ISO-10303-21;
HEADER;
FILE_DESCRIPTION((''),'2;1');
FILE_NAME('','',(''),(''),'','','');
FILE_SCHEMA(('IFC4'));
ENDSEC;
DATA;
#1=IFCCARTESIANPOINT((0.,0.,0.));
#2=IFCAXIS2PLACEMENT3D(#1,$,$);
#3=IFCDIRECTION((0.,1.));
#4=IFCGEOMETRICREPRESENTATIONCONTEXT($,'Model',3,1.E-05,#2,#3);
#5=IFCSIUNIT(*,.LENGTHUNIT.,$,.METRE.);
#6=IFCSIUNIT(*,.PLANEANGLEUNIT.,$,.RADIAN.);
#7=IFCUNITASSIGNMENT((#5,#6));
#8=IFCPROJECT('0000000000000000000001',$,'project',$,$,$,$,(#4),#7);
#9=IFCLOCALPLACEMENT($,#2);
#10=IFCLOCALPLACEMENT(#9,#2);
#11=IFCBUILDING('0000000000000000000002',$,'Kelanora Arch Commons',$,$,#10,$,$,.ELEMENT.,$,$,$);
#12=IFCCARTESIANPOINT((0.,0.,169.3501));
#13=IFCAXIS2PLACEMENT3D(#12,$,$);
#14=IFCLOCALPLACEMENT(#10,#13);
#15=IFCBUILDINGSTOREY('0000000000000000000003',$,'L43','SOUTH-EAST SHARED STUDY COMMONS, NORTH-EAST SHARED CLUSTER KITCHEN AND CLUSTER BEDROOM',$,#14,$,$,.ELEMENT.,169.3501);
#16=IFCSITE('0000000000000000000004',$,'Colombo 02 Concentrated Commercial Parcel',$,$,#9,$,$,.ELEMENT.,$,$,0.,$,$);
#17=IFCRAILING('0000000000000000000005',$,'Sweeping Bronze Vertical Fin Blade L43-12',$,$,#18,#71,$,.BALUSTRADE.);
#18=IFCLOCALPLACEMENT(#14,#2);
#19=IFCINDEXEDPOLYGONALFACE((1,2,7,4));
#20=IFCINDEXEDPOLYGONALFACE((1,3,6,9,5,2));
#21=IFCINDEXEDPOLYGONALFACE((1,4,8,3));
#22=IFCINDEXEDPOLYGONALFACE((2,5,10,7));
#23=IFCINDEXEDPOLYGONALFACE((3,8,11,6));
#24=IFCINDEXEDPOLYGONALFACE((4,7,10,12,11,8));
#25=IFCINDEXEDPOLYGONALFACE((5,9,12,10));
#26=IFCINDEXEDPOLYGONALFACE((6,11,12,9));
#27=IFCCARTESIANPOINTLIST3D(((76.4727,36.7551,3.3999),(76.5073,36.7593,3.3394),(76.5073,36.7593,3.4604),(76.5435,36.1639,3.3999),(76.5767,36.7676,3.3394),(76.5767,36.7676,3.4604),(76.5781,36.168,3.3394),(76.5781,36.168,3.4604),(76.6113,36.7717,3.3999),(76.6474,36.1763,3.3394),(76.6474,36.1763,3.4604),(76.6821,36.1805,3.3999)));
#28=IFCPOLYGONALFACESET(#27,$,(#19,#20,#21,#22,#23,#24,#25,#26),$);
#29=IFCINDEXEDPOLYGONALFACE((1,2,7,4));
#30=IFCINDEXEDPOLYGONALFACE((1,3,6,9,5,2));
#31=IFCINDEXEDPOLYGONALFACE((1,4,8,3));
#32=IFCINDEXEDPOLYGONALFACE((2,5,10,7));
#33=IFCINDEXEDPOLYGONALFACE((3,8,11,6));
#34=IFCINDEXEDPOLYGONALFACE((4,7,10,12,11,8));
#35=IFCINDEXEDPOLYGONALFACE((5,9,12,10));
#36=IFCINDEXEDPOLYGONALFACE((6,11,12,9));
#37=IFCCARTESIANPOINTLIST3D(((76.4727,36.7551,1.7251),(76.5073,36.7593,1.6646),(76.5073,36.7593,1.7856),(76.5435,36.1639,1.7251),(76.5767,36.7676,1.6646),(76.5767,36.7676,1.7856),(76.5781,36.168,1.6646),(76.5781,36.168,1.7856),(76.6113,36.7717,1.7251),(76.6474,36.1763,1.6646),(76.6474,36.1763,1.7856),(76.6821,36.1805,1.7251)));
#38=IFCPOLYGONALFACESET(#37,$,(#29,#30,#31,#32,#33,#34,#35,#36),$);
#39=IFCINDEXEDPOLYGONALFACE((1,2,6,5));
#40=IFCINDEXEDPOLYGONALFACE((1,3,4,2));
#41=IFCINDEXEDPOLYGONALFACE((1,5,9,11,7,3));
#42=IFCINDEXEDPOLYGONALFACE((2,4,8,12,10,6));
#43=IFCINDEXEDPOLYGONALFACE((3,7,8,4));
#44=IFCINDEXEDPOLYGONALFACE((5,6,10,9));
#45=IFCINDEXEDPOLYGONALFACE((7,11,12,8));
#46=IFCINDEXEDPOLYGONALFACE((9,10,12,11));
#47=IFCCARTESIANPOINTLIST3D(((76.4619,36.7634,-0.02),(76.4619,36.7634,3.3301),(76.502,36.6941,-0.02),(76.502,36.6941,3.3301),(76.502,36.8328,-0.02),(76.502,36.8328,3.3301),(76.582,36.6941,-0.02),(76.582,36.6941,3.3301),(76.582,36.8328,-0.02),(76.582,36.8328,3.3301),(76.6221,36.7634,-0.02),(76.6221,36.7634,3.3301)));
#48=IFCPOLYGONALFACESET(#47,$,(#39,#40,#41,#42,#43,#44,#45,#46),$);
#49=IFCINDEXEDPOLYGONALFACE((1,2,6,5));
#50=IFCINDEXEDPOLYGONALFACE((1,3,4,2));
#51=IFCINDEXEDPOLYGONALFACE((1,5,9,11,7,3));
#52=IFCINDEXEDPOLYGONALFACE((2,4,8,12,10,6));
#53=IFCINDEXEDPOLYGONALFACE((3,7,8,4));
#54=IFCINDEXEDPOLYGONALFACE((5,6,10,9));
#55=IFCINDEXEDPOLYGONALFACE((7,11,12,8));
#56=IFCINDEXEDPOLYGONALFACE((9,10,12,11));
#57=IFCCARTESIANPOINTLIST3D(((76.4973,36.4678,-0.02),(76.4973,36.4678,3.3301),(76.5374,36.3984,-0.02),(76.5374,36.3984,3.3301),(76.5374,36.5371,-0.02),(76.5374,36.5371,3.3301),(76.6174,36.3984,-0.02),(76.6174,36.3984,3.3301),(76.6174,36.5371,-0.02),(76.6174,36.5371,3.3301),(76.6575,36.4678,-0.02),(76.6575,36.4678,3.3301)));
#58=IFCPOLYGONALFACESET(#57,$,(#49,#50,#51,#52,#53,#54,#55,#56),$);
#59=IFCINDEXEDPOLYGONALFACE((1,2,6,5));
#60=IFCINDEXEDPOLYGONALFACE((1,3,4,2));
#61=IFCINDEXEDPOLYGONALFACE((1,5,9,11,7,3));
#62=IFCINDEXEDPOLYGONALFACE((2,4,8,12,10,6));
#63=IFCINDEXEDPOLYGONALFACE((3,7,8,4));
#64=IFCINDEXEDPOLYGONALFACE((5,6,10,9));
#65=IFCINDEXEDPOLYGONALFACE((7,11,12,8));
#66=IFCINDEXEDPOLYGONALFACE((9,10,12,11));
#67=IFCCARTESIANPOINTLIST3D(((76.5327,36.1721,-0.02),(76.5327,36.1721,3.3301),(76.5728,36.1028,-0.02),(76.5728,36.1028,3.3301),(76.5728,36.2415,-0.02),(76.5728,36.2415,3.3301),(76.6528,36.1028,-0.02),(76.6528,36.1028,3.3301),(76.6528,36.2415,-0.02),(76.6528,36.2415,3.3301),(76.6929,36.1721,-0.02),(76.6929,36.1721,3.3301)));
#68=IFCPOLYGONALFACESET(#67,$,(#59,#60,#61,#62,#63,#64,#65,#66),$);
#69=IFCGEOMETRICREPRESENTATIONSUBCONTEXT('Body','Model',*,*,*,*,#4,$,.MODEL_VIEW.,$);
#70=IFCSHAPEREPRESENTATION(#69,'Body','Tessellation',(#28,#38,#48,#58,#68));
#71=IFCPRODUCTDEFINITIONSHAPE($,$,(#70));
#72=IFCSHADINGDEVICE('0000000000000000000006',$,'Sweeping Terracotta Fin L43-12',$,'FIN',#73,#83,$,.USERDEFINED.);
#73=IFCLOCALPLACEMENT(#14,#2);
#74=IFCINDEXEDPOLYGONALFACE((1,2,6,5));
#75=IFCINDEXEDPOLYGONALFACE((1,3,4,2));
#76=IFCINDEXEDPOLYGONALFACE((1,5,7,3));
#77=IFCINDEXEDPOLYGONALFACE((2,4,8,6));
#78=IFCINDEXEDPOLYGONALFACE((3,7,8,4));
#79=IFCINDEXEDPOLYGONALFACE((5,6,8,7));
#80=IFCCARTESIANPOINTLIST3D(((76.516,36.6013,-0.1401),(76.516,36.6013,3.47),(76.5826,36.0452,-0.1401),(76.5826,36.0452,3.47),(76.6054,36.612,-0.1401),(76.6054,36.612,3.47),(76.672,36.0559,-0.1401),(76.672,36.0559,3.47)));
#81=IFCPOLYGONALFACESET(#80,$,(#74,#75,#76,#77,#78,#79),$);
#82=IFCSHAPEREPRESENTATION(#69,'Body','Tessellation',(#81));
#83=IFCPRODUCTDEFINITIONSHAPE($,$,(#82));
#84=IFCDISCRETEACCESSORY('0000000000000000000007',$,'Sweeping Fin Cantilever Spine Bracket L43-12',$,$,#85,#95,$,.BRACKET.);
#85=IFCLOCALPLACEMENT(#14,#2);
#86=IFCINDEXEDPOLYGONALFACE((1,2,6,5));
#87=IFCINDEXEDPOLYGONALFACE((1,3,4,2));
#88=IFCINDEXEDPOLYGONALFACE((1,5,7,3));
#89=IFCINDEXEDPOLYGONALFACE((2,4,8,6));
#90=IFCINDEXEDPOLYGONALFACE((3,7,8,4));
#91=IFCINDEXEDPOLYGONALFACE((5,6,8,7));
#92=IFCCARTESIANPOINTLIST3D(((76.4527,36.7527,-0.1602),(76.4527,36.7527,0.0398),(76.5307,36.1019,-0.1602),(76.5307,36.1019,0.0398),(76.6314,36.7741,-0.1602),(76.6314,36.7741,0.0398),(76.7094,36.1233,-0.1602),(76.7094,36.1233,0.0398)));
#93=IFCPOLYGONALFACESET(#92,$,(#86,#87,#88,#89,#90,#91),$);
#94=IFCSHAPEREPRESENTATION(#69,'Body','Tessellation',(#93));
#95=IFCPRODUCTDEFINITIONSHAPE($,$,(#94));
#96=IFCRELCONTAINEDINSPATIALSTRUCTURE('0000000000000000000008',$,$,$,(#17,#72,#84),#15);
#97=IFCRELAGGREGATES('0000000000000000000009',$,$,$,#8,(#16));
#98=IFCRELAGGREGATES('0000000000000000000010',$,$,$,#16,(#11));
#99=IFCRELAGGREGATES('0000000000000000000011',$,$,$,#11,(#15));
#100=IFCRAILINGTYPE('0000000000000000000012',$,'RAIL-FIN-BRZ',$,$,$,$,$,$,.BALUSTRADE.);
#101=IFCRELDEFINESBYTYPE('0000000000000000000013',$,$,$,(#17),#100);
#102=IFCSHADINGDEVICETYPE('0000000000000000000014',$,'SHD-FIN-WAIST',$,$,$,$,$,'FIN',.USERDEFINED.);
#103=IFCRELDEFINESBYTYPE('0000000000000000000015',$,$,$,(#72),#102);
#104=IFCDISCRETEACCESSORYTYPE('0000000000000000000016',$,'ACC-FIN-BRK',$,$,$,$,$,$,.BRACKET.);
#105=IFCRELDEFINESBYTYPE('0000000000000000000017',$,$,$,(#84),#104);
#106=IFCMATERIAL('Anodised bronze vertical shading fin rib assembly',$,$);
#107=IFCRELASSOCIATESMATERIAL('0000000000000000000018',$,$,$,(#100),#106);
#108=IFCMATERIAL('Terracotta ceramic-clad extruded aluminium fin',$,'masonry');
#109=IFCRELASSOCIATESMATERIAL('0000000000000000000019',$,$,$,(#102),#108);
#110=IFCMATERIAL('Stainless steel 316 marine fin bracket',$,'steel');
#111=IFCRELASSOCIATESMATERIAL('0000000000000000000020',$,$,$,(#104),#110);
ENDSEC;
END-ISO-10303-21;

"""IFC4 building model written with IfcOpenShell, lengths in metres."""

from ifc_helpers import new_model, si_unit, direction, frame, origin, origin_2d, place, context, subcontext, project, spatial, polyline, rectangle, outline, extrude, source, transform, mapped, material, type_object, element, save


model = new_model("IFC4")

# Units and contexts
model_context = context("Model", 3, precision=1e-05, world=origin(), true_north=direction((0.0, 1.0)))
body_context = subcontext(model_context, "Body", "Model", "MODEL_VIEW")
ifc_project = project(units=[si_unit("LENGTHUNIT", "METRE"), si_unit("PLANEANGLEUNIT", "RADIAN")], contexts=[model_context])

# Site, building, storey
site_placement = place(None, origin())
site = spatial("IfcSite", under=ifc_project, at=site_placement, Name="Colombo 02 Concentrated Commercial Parcel", CompositionType="ELEMENT", RefElevation=0.0)
building_placement = place(site_placement, origin())
building = spatial("IfcBuilding", under=site, at=building_placement, Name="Kelanora Arch Commons", CompositionType="ELEMENT")
storey_placement = place(building_placement, frame((0.0, 0.0, 169.3501)))
storey = spatial("IfcBuildingStorey", under=building, at=storey_placement, Name="L43", Description="SOUTH-EAST SHARED STUDY COMMONS, NORTH-EAST SHARED CLUSTER KITCHEN AND CLUSTER BEDROOM", CompositionType="ELEMENT", Elevation=169.3501)

# Railing
ifc_material_1 = material(Name="Anodised bronze vertical shading fin rib assembly")
railing_type = type_object("IfcRailingType", Name="RAIL-FIN-BRZ", PredefinedType="BALUSTRADE", material=ifc_material_1)
railing_placement = place(storey_placement, frame((76.542, 36.7634, -0.02)))
element("IfcRailing", 1, at=railing_placement, inside=storey, type_object=railing_type, Name="Sweeping Bronze Vertical Fin Blade L43-12", PredefinedType="BALUSTRADE", context=body_context, shape_type="SweptSolid", body=[
    extrude(outline(polyline([(0.0698, 0.0), (0.0349, 0.0605), (-0.0349, 0.0605), (-0.0698, 0.0), (-0.0349, -0.0605), (0.0349, -0.0605), (0.0698, 0.0)])), frame((0.0, 0.0, 3.4199), z_axis=(0.118887, -0.992908, 0.0), x_axis=(0.992908, 0.118887, 0.0)), (0.0, 0.0, 1.0), 0.5955),
    extrude(outline(polyline([(0.0698, 0.0), (0.0349, 0.0605), (-0.0349, 0.0605), (-0.0698, 0.0), (-0.0349, -0.0605), (0.0349, -0.0605), (0.0698, 0.0)])), frame((0.0, 0.0, 1.7451), z_axis=(0.118887, -0.992908, 0.0), x_axis=(0.992908, 0.118887, 0.0)), (0.0, 0.0, 1.0), 0.5955),
    extrude(outline(polyline([(0.0801, 0.0), (0.04, 0.0693), (-0.04, 0.0693), (-0.0801, 0.0), (-0.04, -0.0693), (0.04, -0.0693), (0.0801, 0.0)])), origin(), (0.0, 0.0, 1.0), 3.3501),
    extrude(outline(polyline([(0.0801, 0.0), (0.04, 0.0693), (-0.04, 0.0693), (-0.0801, 0.0), (-0.04, -0.0693), (0.04, -0.0693), (0.0801, 0.0)])), frame((0.0354, -0.2957, 0.0)), (0.0, 0.0, 1.0), 3.3501),
    extrude(outline(polyline([(0.0801, 0.0), (0.04, 0.0693), (-0.04, 0.0693), (-0.0801, 0.0), (-0.04, -0.0693), (0.04, -0.0693), (0.0801, 0.0)])), frame((0.0708, -0.5913, 0.0)), (0.0, 0.0, 1.0), 3.3501),
])

# Shading device
ifc_material_2 = material(Name="Terracotta ceramic-clad extruded aluminium fin", Category="masonry")
shading_device_type = type_object("IfcShadingDeviceType", Name="SHD-FIN-WAIST", ElementType="FIN", PredefinedType="USERDEFINED", material=ifc_material_2)
shared_shape_1 = source(origin(), body_context, "Body", "SweptSolid", [
    extrude(rectangle(XDim=0.5601, YDim=0.0901, at=origin_2d()), origin(), (0.0, 0.0, 1.0), 3.6101),
])
shading_device_placement = place(storey_placement, frame((76.594, 36.3286, -0.1401), z_axis=(0.0, 0.0, 1.0), x_axis=(0.118924, -0.992903, 0.0)))
element("IfcShadingDevice", 2, at=shading_device_placement, inside=storey, type_object=shading_device_type, Name="Sweeping Terracotta Fin L43-12", ObjectType="FIN", PredefinedType="USERDEFINED", context=body_context, shape_type="MappedRepresentation", body=[
    mapped(shared_shape_1, transform((0.0, 0.0, 0.0), scale=1.0)),
])

# Discrete accessory
ifc_material_3 = material(Name="Stainless steel 316 marine fin bracket", Category="steel")
discrete_accessory_type = type_object("IfcDiscreteAccessoryType", Name="ACC-FIN-BRK", PredefinedType="BRACKET", material=ifc_material_3)
shared_shape_2 = source(origin(), body_context, "Body", "SweptSolid", [
    extrude(rectangle(XDim=0.6555, YDim=0.1799, at=origin_2d()), origin(), (0.0, 0.0, 1.0), 0.2),
])
discrete_accessory_placement = place(storey_placement, frame((76.5811, 36.438, -0.1602), z_axis=(0.0, 0.0, 1.0), x_axis=(0.118924, -0.992903, 0.0)))
element("IfcDiscreteAccessory", 3, at=discrete_accessory_placement, inside=storey, type_object=discrete_accessory_type, Name="Sweeping Fin Cantilever Spine Bracket L43-12", PredefinedType="BRACKET", context=body_context, shape_type="MappedRepresentation", body=[
    mapped(shared_shape_2, transform((0.0, 0.0, 0.0), scale=1.0)),
])

save(model, "model.ifc")
